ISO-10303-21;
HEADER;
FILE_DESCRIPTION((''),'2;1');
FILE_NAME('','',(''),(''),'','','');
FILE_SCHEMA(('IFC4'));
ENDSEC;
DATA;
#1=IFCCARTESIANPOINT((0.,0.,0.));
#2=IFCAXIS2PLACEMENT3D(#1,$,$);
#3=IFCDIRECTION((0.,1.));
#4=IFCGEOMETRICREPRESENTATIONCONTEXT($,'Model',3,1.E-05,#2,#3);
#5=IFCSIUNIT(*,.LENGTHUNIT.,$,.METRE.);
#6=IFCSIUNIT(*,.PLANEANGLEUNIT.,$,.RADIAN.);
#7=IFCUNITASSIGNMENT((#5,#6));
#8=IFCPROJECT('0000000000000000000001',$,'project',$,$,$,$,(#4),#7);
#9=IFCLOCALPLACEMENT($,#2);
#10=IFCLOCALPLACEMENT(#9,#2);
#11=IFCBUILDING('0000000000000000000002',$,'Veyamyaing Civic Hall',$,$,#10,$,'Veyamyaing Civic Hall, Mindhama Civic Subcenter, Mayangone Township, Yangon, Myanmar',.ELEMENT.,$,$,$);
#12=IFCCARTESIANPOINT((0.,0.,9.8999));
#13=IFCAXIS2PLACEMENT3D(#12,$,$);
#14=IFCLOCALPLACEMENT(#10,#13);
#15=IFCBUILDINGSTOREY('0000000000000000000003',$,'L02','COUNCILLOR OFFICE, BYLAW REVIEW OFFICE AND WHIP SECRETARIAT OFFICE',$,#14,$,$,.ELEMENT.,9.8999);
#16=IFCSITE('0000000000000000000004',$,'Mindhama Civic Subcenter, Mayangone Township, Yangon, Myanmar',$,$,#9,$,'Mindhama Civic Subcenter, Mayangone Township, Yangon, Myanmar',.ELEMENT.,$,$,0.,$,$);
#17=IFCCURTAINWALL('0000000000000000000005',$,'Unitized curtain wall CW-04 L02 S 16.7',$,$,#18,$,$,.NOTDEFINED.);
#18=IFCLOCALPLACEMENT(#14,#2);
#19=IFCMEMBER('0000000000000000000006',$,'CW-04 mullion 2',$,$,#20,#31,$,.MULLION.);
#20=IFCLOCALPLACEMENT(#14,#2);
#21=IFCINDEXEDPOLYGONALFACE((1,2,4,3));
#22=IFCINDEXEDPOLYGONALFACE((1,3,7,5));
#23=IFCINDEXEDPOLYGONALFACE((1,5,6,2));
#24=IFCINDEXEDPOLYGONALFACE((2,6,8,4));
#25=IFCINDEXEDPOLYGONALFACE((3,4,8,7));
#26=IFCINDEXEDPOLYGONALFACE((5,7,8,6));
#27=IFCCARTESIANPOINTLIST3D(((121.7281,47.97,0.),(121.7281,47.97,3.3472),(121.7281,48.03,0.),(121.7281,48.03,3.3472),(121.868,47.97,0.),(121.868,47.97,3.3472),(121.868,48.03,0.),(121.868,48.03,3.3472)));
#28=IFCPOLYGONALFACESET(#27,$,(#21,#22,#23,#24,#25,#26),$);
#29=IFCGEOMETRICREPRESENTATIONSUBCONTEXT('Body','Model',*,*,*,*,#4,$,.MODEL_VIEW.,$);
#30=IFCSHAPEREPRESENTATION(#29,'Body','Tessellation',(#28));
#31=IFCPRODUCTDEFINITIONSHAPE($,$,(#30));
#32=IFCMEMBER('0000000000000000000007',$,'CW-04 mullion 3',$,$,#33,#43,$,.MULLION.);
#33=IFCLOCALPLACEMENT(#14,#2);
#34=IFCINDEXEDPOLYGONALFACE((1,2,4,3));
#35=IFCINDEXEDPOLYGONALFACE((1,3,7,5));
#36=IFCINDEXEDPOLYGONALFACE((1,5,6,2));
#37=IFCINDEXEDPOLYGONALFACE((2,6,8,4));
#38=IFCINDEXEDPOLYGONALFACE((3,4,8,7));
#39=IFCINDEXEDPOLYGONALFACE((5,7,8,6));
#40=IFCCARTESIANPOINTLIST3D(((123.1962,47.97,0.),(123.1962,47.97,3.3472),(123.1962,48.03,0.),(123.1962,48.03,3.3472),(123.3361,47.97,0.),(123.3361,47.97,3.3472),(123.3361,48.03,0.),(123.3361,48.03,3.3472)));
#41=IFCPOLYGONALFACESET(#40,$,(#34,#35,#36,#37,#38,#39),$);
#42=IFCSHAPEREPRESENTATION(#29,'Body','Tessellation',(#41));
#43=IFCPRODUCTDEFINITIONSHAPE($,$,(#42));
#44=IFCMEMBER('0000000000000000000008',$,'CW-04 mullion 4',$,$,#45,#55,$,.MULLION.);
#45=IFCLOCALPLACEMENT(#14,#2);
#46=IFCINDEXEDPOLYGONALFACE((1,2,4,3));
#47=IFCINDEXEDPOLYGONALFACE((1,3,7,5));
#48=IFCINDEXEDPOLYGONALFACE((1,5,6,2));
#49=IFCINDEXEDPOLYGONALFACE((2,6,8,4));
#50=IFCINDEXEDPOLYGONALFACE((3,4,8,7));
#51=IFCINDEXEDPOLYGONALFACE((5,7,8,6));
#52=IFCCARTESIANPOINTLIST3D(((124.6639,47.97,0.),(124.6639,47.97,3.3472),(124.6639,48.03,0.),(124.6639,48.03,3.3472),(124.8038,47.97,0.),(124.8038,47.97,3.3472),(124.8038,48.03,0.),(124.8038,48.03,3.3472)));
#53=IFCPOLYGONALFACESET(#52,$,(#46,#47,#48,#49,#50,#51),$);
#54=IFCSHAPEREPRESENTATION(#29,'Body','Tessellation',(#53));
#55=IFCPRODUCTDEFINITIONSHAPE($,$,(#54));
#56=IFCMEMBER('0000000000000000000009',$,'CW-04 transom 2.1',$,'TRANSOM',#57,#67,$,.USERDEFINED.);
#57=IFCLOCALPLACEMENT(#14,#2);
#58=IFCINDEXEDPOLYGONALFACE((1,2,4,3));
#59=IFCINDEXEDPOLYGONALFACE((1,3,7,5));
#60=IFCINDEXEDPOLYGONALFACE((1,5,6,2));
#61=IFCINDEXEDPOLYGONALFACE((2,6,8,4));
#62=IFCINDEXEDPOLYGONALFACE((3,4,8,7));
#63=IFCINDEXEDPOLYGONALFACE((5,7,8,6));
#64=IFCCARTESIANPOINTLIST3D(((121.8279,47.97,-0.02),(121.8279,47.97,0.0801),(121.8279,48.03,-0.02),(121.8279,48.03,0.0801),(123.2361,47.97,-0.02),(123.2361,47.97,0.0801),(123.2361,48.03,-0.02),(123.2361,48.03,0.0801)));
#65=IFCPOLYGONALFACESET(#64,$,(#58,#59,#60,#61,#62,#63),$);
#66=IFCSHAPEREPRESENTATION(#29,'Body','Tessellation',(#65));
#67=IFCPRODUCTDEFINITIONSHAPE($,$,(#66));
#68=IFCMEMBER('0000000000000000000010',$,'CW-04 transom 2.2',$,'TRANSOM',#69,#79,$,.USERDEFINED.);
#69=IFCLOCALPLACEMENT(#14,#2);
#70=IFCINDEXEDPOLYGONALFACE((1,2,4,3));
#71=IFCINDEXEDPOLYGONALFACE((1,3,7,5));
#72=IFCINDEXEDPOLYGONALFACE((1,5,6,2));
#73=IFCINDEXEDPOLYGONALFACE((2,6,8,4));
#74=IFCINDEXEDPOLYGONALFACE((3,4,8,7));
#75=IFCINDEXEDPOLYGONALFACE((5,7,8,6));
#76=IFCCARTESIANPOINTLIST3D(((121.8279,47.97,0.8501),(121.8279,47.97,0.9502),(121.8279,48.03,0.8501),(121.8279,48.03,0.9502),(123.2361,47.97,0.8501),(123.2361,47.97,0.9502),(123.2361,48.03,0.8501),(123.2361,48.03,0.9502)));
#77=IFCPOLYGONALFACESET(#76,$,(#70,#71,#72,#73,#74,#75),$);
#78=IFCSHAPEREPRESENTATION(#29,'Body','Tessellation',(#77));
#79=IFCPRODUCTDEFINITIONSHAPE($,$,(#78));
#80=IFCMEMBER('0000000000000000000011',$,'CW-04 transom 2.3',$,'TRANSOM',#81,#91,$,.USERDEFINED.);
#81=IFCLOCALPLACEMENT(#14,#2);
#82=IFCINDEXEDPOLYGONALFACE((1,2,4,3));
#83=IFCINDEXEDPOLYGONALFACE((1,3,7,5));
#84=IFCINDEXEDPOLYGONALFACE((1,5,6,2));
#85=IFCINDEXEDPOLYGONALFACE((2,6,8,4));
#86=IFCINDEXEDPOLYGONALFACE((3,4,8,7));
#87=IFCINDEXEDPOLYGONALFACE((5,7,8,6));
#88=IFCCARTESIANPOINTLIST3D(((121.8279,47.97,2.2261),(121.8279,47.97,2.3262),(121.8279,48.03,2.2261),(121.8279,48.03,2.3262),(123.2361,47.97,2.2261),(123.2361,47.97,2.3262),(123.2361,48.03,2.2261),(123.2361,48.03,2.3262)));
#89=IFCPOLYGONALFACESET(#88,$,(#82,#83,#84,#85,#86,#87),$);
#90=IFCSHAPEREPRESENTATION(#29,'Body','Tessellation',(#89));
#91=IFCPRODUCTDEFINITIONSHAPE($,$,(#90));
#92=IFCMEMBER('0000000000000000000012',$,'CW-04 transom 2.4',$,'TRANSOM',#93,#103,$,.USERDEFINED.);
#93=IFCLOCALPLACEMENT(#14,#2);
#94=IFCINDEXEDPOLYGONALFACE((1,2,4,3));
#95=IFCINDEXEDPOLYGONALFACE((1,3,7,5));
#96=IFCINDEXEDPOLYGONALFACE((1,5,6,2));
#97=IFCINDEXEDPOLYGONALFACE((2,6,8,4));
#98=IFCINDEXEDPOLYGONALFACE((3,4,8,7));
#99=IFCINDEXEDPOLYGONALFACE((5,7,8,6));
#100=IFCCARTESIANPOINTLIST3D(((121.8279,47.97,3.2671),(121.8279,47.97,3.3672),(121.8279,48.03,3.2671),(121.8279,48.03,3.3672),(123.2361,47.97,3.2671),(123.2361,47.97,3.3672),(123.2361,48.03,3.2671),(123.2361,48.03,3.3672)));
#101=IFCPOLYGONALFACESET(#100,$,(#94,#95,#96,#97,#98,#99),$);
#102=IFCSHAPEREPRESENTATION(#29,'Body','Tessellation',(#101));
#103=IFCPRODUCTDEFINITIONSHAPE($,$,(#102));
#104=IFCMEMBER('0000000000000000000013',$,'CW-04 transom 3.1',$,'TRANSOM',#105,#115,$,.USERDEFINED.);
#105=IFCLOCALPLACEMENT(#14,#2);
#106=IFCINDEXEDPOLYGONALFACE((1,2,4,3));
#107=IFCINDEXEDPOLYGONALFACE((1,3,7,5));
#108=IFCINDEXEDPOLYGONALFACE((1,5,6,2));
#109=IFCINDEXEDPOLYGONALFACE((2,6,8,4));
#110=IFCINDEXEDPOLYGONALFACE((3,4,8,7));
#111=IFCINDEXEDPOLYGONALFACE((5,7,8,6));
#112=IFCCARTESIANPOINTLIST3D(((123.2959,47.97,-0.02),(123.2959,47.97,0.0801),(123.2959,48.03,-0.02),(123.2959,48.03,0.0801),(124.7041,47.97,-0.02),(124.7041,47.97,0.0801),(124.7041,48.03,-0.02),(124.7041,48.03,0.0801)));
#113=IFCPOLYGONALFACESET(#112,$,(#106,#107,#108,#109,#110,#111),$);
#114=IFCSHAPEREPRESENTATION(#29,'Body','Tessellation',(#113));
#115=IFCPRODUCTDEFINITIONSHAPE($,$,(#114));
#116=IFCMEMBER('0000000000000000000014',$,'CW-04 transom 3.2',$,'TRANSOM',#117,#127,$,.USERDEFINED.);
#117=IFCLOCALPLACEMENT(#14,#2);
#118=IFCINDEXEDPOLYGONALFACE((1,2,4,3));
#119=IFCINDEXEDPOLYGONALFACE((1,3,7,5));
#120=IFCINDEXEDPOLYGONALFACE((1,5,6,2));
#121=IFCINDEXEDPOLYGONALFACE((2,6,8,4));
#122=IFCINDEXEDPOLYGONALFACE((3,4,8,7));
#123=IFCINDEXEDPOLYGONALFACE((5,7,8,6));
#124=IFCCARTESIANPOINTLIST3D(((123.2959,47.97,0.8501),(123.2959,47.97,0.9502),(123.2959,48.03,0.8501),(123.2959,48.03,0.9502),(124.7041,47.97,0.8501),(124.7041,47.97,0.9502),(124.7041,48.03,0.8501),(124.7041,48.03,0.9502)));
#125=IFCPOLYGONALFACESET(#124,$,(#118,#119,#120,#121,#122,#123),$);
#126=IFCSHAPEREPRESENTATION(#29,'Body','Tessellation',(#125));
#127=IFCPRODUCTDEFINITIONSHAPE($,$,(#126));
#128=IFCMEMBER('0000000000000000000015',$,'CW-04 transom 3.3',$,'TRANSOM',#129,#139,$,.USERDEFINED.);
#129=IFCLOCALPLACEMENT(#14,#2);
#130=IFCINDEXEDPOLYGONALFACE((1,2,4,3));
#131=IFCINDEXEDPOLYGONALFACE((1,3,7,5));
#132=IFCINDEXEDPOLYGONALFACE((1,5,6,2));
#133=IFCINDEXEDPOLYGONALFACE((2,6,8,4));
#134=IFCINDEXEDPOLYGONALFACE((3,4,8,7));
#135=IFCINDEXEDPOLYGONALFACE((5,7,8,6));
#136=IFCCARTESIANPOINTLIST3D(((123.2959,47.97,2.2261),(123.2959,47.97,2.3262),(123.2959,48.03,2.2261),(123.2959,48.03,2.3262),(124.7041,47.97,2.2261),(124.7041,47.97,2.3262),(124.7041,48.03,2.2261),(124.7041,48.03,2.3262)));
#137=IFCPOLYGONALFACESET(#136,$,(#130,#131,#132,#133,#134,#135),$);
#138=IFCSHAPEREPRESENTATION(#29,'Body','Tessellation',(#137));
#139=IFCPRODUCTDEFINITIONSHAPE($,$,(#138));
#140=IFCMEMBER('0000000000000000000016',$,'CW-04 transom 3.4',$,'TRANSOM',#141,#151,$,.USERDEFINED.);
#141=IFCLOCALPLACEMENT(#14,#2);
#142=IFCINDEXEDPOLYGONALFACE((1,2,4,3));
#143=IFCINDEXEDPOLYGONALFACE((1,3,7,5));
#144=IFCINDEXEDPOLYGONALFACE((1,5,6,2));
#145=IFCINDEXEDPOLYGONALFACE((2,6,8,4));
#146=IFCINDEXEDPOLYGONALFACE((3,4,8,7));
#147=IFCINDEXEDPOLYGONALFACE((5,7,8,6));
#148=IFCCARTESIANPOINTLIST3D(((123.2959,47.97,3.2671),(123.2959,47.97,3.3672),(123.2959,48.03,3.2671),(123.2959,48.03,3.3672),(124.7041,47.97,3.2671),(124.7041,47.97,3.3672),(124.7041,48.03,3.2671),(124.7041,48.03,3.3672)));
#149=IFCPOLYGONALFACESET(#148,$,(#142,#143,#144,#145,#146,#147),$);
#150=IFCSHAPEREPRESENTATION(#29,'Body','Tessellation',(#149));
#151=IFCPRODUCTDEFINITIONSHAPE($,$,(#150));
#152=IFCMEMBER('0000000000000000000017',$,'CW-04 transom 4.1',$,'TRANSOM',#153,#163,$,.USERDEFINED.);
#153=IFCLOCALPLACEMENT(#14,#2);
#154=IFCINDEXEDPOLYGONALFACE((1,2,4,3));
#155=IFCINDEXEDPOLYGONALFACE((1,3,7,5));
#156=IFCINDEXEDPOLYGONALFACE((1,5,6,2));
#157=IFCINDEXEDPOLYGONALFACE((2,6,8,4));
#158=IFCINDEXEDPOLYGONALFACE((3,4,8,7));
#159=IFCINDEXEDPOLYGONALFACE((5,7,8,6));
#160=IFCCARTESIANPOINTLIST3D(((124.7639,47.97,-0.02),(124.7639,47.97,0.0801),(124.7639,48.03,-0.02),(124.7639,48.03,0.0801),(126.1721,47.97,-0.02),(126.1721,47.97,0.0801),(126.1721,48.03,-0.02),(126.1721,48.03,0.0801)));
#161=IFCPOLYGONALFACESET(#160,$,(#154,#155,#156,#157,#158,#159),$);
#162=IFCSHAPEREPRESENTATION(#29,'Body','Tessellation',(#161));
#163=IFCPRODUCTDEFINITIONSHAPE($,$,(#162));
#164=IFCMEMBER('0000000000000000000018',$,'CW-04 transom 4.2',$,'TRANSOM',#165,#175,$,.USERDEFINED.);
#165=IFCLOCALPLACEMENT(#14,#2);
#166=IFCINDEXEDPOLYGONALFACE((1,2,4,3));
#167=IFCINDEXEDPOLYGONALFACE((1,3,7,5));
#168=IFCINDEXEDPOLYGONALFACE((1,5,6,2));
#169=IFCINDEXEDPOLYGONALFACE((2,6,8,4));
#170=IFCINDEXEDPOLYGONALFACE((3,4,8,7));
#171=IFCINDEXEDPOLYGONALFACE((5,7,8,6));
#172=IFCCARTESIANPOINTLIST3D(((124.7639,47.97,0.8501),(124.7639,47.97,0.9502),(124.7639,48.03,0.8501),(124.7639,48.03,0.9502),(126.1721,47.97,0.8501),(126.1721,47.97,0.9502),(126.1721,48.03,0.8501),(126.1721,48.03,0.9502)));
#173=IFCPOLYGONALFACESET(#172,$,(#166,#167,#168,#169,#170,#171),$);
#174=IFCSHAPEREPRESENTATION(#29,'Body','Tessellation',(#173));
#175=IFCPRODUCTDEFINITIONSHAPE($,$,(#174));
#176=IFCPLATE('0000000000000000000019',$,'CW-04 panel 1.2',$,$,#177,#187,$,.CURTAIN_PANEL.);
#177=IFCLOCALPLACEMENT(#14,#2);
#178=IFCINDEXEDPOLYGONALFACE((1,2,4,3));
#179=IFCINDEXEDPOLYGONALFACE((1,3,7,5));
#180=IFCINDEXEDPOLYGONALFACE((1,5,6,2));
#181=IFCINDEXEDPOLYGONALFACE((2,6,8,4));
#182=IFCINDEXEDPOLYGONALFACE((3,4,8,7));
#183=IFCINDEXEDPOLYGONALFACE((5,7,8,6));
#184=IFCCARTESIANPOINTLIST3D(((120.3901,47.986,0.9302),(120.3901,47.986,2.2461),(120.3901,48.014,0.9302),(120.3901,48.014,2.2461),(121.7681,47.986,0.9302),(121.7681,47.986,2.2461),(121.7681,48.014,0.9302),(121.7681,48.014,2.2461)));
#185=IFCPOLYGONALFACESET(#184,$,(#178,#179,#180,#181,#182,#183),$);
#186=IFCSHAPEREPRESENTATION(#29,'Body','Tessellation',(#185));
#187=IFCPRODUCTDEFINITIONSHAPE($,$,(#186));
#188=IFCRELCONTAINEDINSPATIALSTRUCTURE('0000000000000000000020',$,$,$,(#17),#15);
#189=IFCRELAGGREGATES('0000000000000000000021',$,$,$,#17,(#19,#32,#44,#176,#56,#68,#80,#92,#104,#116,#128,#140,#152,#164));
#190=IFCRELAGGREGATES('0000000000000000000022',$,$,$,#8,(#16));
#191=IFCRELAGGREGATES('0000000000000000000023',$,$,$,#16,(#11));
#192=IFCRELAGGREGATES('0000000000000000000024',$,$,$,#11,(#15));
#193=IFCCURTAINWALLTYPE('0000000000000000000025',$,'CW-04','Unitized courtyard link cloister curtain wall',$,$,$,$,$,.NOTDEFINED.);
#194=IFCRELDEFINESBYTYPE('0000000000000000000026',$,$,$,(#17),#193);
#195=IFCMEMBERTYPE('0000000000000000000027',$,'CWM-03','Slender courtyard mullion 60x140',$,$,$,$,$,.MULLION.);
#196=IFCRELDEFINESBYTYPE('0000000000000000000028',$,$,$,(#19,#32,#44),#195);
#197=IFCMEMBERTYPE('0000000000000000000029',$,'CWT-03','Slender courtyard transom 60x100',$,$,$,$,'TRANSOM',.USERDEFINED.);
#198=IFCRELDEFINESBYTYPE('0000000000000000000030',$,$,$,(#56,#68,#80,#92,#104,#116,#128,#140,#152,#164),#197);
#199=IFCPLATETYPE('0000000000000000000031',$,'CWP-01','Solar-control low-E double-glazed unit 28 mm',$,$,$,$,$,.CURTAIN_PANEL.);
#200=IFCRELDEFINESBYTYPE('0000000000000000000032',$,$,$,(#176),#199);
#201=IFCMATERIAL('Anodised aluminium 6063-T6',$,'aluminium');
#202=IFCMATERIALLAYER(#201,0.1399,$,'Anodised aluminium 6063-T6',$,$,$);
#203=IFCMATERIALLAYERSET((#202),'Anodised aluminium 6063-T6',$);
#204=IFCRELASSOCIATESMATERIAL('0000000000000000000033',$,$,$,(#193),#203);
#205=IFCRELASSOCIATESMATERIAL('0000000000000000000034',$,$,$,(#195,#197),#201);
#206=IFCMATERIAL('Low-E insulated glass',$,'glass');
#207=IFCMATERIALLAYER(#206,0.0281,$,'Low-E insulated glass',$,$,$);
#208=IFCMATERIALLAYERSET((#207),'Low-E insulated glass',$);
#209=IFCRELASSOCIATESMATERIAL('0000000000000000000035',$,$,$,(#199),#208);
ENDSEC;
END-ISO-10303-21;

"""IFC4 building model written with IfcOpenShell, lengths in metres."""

from ifc_helpers import new_model, si_unit, direction, frame, origin, origin_2d, place, context, subcontext, project, spatial, rectangle, extrude, material, layer, layer_set, material_profile, profile_set, type_object, element, aggregate, save


model = new_model("IFC4")

# Units and contexts
model_context = context("Model", 3, precision=1e-05, world=origin(), true_north=direction((0.0, 1.0)))
body_context = subcontext(model_context, "Body", "Model", "MODEL_VIEW")
ifc_project = project(units=[si_unit("LENGTHUNIT", "METRE"), si_unit("PLANEANGLEUNIT", "RADIAN")], contexts=[model_context])

# Site, building, storey
site_placement = place(None, origin())
site = spatial("IfcSite", under=ifc_project, at=site_placement, Name="Mindhama Civic Subcenter, Mayangone Township, Yangon, Myanmar", LongName="Mindhama Civic Subcenter, Mayangone Township, Yangon, Myanmar", CompositionType="ELEMENT", RefElevation=0.0)
building_placement = place(site_placement, origin())
building = spatial("IfcBuilding", under=site, at=building_placement, Name="Veyamyaing Civic Hall", LongName="Veyamyaing Civic Hall, Mindhama Civic Subcenter, Mayangone Township, Yangon, Myanmar", CompositionType="ELEMENT")
storey_placement = place(building_placement, frame((0.0, 0.0, 9.8999)))
storey = spatial("IfcBuildingStorey", under=building, at=storey_placement, Name="L02", Description="COUNCILLOR OFFICE, BYLAW REVIEW OFFICE AND WHIP SECRETARIAT OFFICE", CompositionType="ELEMENT", Elevation=9.8999)

# Curtain wall, members, plate
ifc_material_1 = material(Name="Anodised aluminium 6063-T6", Category="aluminium")
ifc_layer_1 = layer(ifc_material_1, 0.1399, Name="Anodised aluminium 6063-T6")
ifc_layer_set_1 = layer_set([ifc_layer_1], Name="Anodised aluminium 6063-T6")
curtain_wall_type = type_object("IfcCurtainWallType", Name="CW-04", Description="Unitized courtyard link cloister curtain wall", PredefinedType="NOTDEFINED", material=ifc_layer_set_1)
curtain_wall_placement = place(storey_placement, origin())
curtain_wall = element("IfcCurtainWall", 1, at=curtain_wall_placement, inside=storey, type_object=curtain_wall_type, Name="Unitized curtain wall CW-04 L02 S 16.7", PredefinedType="NOTDEFINED")
ifc_material_profile_1 = material_profile(ifc_material_1, rectangle(XDim=0.0601, YDim=0.1399, at=origin_2d()), Name="ALU-MUL-60X140")
ifc_profile_set_1 = profile_set([ifc_material_profile_1], Name="Anodised aluminium 6063-T6")
member_type_1 = type_object("IfcMemberType", Name="CWM-03", Description="Slender courtyard mullion 60x140", PredefinedType="MULLION", material=ifc_profile_set_1)
member_1_placement = place(storey_placement, frame((121.7981, 48.0, 0.0), z_axis=(0.0, 0.0, 1.0), x_axis=(0.0, 1.0, 0.0)))
member_1 = element("IfcMember", 2, at=member_1_placement, type_object=member_type_1, Name="CW-04 mullion 2", PredefinedType="MULLION", context=body_context, shape_type="SweptSolid", body=[
    extrude(rectangle(XDim=0.0601, YDim=0.1399, at=origin_2d()), origin(), (0.0, 0.0, 1.0), 3.3472),
])
member_2_placement = place(storey_placement, frame((123.2661, 48.0, 0.0), z_axis=(0.0, 0.0, 1.0), x_axis=(0.0, 1.0, 0.0)))
member_2 = element("IfcMember", 3, at=member_2_placement, type_object=member_type_1, Name="CW-04 mullion 3", PredefinedType="MULLION", context=body_context, shape_type="SweptSolid", body=[
    extrude(rectangle(XDim=0.0601, YDim=0.1399, at=origin_2d()), origin(), (0.0, 0.0, 1.0), 3.3472),
])
member_3_placement = place(storey_placement, frame((124.7339, 48.0, 0.0), z_axis=(0.0, 0.0, 1.0), x_axis=(0.0, 1.0, 0.0)))
member_3 = element("IfcMember", 4, at=member_3_placement, type_object=member_type_1, Name="CW-04 mullion 4", PredefinedType="MULLION", context=body_context, shape_type="SweptSolid", body=[
    extrude(rectangle(XDim=0.0601, YDim=0.1399, at=origin_2d()), origin(), (0.0, 0.0, 1.0), 3.3472),
])
ifc_material_profile_2 = material_profile(ifc_material_1, rectangle(XDim=0.0601, YDim=0.1001, at=origin_2d()), Name="ALU-TRN-60X100")
ifc_profile_set_2 = profile_set([ifc_material_profile_2], Name="Anodised aluminium 6063-T6")
member_type_2 = type_object("IfcMemberType", Name="CWT-03", Description="Slender courtyard transom 60x100", ElementType="TRANSOM", PredefinedType="USERDEFINED", material=ifc_profile_set_2)
member_4_placement = place(storey_placement, frame((121.8279, 48.0, 0.03), z_axis=(1.0, 0.0, 0.0), x_axis=(0.0, 1.0, 0.0)))
member_4 = element("IfcMember", 5, at=member_4_placement, type_object=member_type_2, Name="CW-04 transom 2.1", ObjectType="TRANSOM", PredefinedType="USERDEFINED", context=body_context, shape_type="SweptSolid", body=[
    extrude(rectangle(XDim=0.0601, YDim=0.1001, at=origin_2d()), origin(), (0.0, 0.0, 1.0), 1.4082),
])
member_5_placement = place(storey_placement, frame((121.8279, 48.0, 0.9001), z_axis=(1.0, 0.0, 0.0), x_axis=(0.0, 1.0, 0.0)))
member_5 = element("IfcMember", 6, at=member_5_placement, type_object=member_type_2, Name="CW-04 transom 2.2", ObjectType="TRANSOM", PredefinedType="USERDEFINED", context=body_context, shape_type="SweptSolid", body=[
    extrude(rectangle(XDim=0.0601, YDim=0.1001, at=origin_2d()), origin(), (0.0, 0.0, 1.0), 1.4082),
])
member_6_placement = place(storey_placement, frame((121.8279, 48.0, 2.2761), z_axis=(1.0, 0.0, 0.0), x_axis=(0.0, 1.0, 0.0)))
member_6 = element("IfcMember", 7, at=member_6_placement, type_object=member_type_2, Name="CW-04 transom 2.3", ObjectType="TRANSOM", PredefinedType="USERDEFINED", context=body_context, shape_type="SweptSolid", body=[
    extrude(rectangle(XDim=0.0601, YDim=0.1001, at=origin_2d()), origin(), (0.0, 0.0, 1.0), 1.4082),
])
member_7_placement = place(storey_placement, frame((121.8279, 48.0, 3.3171), z_axis=(1.0, 0.0, 0.0), x_axis=(0.0, 1.0, 0.0)))
member_7 = element("IfcMember", 8, at=member_7_placement, type_object=member_type_2, Name="CW-04 transom 2.4", ObjectType="TRANSOM", PredefinedType="USERDEFINED", context=body_context, shape_type="SweptSolid", body=[
    extrude(rectangle(XDim=0.0601, YDim=0.1001, at=origin_2d()), origin(), (0.0, 0.0, 1.0), 1.4082),
])
member_8_placement = place(storey_placement, frame((123.2959, 48.0, 0.03), z_axis=(1.0, 0.0, 0.0), x_axis=(0.0, 1.0, 0.0)))
member_8 = element("IfcMember", 9, at=member_8_placement, type_object=member_type_2, Name="CW-04 transom 3.1", ObjectType="TRANSOM", PredefinedType="USERDEFINED", context=body_context, shape_type="SweptSolid", body=[
    extrude(rectangle(XDim=0.0601, YDim=0.1001, at=origin_2d()), origin(), (0.0, 0.0, 1.0), 1.4082),
])
member_9_placement = place(storey_placement, frame((123.2959, 48.0, 0.9001), z_axis=(1.0, 0.0, 0.0), x_axis=(0.0, 1.0, 0.0)))
member_9 = element("IfcMember", 10, at=member_9_placement, type_object=member_type_2, Name="CW-04 transom 3.2", ObjectType="TRANSOM", PredefinedType="USERDEFINED", context=body_context, shape_type="SweptSolid", body=[
    extrude(rectangle(XDim=0.0601, YDim=0.1001, at=origin_2d()), origin(), (0.0, 0.0, 1.0), 1.4082),
])
member_10_placement = place(storey_placement, frame((123.2959, 48.0, 2.2761), z_axis=(1.0, 0.0, 0.0), x_axis=(0.0, 1.0, 0.0)))
member_10 = element("IfcMember", 11, at=member_10_placement, type_object=member_type_2, Name="CW-04 transom 3.3", ObjectType="TRANSOM", PredefinedType="USERDEFINED", context=body_context, shape_type="SweptSolid", body=[
    extrude(rectangle(XDim=0.0601, YDim=0.1001, at=origin_2d()), origin(), (0.0, 0.0, 1.0), 1.4082),
])
member_11_placement = place(storey_placement, frame((123.2959, 48.0, 3.3171), z_axis=(1.0, 0.0, 0.0), x_axis=(0.0, 1.0, 0.0)))
member_11 = element("IfcMember", 12, at=member_11_placement, type_object=member_type_2, Name="CW-04 transom 3.4", ObjectType="TRANSOM", PredefinedType="USERDEFINED", context=body_context, shape_type="SweptSolid", body=[
    extrude(rectangle(XDim=0.0601, YDim=0.1001, at=origin_2d()), origin(), (0.0, 0.0, 1.0), 1.4082),
])
member_12_placement = place(storey_placement, frame((124.7639, 48.0, 0.03), z_axis=(1.0, 0.0, 0.0), x_axis=(0.0, 1.0, 0.0)))
member_12 = element("IfcMember", 13, at=member_12_placement, type_object=member_type_2, Name="CW-04 transom 4.1", ObjectType="TRANSOM", PredefinedType="USERDEFINED", context=body_context, shape_type="SweptSolid", body=[
    extrude(rectangle(XDim=0.0601, YDim=0.1001, at=origin_2d()), origin(), (0.0, 0.0, 1.0), 1.4082),
])
member_13_placement = place(storey_placement, frame((124.7639, 48.0, 0.9001), z_axis=(1.0, 0.0, 0.0), x_axis=(0.0, 1.0, 0.0)))
member_13 = element("IfcMember", 14, at=member_13_placement, type_object=member_type_2, Name="CW-04 transom 4.2", ObjectType="TRANSOM", PredefinedType="USERDEFINED", context=body_context, shape_type="SweptSolid", body=[
    extrude(rectangle(XDim=0.0601, YDim=0.1001, at=origin_2d()), origin(), (0.0, 0.0, 1.0), 1.4082),
])
ifc_material_2 = material(Name="Low-E insulated glass", Category="glass")
ifc_layer_2 = layer(ifc_material_2, 0.0281, Name="Low-E insulated glass")
ifc_layer_set_2 = layer_set([ifc_layer_2], Name="Low-E insulated glass")
plate_type = type_object("IfcPlateType", Name="CWP-01", Description="Solar-control low-E double-glazed unit 28 mm", PredefinedType="CURTAIN_PANEL", material=ifc_layer_set_2)
plate_1_placement = place(storey_placement, frame((121.0791, 48.0, 0.9302), z_axis=(0.0, 0.0, 1.0), x_axis=(1.0, 0.0, 0.0)))
plate_1 = element("IfcPlate", 15, at=plate_1_placement, type_object=plate_type, Name="CW-04 panel 1.2", PredefinedType="CURTAIN_PANEL", context=body_context, shape_type="SweptSolid", body=[
    extrude(rectangle(XDim=1.3779, YDim=0.0281, at=origin_2d()), origin(), (0.0, 0.0, 1.0), 1.3159),
])
aggregate(curtain_wall, [member_1, member_2, member_3, plate_1, member_4, member_5, member_6, member_7, member_8, member_9, member_10, member_11, member_12, member_13])

save(model, "model.ifc")
